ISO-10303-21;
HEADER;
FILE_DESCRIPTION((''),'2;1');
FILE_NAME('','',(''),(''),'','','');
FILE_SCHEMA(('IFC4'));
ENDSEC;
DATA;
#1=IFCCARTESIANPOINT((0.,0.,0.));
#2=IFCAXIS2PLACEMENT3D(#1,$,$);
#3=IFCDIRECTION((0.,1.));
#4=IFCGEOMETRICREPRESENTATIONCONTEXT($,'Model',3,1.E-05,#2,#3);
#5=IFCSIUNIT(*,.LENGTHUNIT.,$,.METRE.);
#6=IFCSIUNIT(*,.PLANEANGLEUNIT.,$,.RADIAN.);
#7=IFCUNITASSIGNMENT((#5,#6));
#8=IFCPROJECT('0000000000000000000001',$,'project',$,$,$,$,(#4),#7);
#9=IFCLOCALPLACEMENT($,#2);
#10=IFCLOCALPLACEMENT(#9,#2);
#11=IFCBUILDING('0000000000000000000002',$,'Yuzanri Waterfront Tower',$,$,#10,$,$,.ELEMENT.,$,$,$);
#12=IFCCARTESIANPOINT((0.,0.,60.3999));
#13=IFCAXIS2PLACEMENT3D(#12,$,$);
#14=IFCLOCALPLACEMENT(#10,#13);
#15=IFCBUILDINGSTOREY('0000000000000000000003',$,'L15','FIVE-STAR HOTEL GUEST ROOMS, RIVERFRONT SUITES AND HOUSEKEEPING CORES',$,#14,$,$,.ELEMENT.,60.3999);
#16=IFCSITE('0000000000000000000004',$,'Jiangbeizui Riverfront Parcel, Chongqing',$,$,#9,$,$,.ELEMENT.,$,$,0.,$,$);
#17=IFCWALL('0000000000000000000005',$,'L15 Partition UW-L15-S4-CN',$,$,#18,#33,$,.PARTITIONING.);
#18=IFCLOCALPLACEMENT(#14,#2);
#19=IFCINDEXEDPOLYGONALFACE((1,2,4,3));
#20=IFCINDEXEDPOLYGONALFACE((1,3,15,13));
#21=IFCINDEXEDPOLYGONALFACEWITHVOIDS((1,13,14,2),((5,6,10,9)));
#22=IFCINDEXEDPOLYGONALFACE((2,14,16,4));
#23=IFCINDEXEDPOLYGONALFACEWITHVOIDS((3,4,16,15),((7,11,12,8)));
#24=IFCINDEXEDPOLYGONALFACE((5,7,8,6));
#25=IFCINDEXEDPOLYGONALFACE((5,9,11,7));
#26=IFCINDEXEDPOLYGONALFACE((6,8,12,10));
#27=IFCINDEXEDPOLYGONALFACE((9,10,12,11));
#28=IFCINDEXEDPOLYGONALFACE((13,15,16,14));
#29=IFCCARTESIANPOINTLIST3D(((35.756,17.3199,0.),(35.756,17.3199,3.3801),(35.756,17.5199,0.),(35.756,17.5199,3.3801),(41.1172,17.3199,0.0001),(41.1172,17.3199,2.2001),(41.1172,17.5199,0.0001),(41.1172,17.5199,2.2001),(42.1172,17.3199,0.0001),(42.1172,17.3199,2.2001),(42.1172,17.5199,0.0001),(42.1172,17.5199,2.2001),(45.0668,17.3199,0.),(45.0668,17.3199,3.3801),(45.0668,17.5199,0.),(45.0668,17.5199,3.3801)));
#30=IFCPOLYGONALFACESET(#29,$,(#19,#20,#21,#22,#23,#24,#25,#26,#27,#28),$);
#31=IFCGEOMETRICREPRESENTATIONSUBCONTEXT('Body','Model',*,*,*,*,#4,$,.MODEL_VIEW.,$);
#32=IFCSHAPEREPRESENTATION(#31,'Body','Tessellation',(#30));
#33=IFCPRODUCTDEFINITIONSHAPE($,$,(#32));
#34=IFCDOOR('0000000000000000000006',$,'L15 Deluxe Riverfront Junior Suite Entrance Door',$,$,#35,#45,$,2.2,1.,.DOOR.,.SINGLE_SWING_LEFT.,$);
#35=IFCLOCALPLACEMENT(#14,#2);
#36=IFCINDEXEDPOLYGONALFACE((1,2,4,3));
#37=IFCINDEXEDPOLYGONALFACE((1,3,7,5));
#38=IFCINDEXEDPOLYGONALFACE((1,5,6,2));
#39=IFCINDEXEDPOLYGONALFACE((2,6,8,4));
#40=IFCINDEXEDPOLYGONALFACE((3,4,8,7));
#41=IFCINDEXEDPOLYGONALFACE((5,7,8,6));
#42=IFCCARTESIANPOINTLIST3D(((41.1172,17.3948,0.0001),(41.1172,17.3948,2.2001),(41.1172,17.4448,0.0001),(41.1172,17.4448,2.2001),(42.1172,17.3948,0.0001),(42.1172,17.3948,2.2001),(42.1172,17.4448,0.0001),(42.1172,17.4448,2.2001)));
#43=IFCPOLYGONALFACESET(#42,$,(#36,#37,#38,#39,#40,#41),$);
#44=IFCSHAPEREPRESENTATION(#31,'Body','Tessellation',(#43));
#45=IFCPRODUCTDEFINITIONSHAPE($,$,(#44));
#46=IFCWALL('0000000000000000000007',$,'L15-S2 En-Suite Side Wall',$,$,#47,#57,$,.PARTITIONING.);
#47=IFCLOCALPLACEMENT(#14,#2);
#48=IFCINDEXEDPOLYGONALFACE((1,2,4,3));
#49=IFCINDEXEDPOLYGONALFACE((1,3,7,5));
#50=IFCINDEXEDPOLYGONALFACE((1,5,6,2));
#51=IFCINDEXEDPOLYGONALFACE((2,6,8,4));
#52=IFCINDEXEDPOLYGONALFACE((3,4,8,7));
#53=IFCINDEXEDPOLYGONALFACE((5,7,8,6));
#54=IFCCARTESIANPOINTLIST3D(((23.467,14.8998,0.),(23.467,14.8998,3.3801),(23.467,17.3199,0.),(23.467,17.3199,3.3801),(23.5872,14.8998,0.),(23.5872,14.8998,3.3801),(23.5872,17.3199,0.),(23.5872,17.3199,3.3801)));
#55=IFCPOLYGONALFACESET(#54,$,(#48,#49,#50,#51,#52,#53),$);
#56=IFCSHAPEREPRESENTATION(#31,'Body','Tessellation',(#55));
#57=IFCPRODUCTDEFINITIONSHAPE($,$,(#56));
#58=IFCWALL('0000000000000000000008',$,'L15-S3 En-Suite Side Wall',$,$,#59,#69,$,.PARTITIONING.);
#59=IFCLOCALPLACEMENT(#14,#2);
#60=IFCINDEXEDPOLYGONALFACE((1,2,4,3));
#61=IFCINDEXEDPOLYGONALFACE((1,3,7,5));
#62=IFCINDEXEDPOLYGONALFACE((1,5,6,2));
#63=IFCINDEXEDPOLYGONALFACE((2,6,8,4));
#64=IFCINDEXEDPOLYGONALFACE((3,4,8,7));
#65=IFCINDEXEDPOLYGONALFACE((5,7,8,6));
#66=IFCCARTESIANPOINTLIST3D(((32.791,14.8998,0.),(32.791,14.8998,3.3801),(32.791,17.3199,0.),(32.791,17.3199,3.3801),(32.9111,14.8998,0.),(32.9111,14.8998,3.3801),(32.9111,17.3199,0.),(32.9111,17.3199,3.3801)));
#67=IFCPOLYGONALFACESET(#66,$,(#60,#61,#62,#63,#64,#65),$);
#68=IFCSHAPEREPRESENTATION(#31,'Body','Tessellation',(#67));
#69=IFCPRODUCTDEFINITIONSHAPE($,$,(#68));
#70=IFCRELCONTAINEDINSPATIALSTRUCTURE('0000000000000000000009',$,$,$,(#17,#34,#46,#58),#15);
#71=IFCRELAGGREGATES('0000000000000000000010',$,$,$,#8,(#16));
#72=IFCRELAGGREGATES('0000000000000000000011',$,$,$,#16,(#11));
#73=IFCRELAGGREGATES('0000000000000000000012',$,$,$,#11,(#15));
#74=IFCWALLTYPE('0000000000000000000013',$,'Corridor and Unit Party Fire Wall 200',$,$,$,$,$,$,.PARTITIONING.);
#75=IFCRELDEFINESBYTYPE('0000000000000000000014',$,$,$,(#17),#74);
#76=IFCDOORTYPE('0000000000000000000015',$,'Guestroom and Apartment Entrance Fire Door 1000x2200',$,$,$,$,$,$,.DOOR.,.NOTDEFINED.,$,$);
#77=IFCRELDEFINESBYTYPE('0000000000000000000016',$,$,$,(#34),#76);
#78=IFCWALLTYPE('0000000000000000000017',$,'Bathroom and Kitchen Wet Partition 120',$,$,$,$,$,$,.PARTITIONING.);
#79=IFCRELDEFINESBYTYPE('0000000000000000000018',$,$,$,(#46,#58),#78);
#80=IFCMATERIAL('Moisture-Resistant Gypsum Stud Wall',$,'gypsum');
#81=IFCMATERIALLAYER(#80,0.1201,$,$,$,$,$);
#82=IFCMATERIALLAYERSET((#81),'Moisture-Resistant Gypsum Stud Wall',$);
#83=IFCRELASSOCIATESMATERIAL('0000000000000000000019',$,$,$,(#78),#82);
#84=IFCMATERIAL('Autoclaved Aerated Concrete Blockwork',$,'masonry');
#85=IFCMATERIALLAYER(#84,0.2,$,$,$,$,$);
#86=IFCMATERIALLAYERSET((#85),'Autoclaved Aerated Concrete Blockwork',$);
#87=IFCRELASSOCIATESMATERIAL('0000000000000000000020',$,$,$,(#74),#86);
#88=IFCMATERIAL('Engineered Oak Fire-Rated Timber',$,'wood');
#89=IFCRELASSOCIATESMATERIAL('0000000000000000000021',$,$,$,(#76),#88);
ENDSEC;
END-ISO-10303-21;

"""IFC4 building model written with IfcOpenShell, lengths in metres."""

from ifc_helpers import new_model, si_unit, direction, frame, frame_2d, origin, place, context, subcontext, project, spatial, rectangle, extrude, source, transform, mapped, material, layer, layer_set, type_object, element, fill, save


model = new_model("IFC4")

# Units and contexts
model_context = context("Model", 3, precision=1e-05, world=origin(), true_north=direction((0.0, 1.0)))
body_context = subcontext(model_context, "Body", "Model", "MODEL_VIEW")
ifc_project = project(units=[si_unit("LENGTHUNIT", "METRE"), si_unit("PLANEANGLEUNIT", "RADIAN")], contexts=[model_context])

# Site, building, storey
site_placement = place(None, origin())
site = spatial("IfcSite", under=ifc_project, at=site_placement, Name="Jiangbeizui Riverfront Parcel, Chongqing", CompositionType="ELEMENT", RefElevation=0.0)
building_placement = place(site_placement, origin())
building = spatial("IfcBuilding", under=site, at=building_placement, Name="Yuzanri Waterfront Tower", CompositionType="ELEMENT")
storey_placement = place(building_placement, frame((0.0, 0.0, 60.3999)))
storey = spatial("IfcBuildingStorey", under=building, at=storey_placement, Name="L15", Description="FIVE-STAR HOTEL GUEST ROOMS, RIVERFRONT SUITES AND HOUSEKEEPING CORES", CompositionType="ELEMENT", Elevation=60.3999)

# Shared definitions
ifc_material_1 = material(Name="Moisture-Resistant Gypsum Stud Wall", Category="gypsum")
ifc_layer_1 = layer(ifc_material_1, 0.1201)
ifc_layer_set_1 = layer_set([ifc_layer_1], Name="Moisture-Resistant Gypsum Stud Wall")
wall_type_1 = type_object("IfcWallType", Name="Bathroom and Kitchen Wet Partition 120", PredefinedType="PARTITIONING", material=ifc_layer_set_1)

# Wall, opening, door
ifc_material_2 = material(Name="Autoclaved Aerated Concrete Blockwork", Category="masonry")
ifc_layer_2 = layer(ifc_material_2, 0.2)
ifc_layer_set_2 = layer_set([ifc_layer_2], Name="Autoclaved Aerated Concrete Blockwork")
wall_type_2 = type_object("IfcWallType", Name="Corridor and Unit Party Fire Wall 200", PredefinedType="PARTITIONING", material=ifc_layer_set_2)
ifc_material_3 = material(Name="Engineered Oak Fire-Rated Timber", Category="wood")
door_type_1 = type_object("IfcDoorType", Name="Guestroom and Apartment Entrance Fire Door 1000x2200", OperationType="NOTDEFINED", PredefinedType="DOOR", material=ifc_material_3)
shared_shape_1 = source(origin(), body_context, "Body", "SweptSolid", [
    extrude(rectangle(XDim=1.0, YDim=2.2, at=frame_2d((0.5, 1.1001))), frame((0.0, 0.0249, 0.0), z_axis=(0.0, -1.0, 0.0), x_axis=(1.0, 0.0, 0.0)), (0.0, 0.0, 1.0), 0.05),
])
wall_1_placement = place(storey_placement, frame((35.7561, 17.4199, 0.0), z_axis=(0.0, 0.0, 1.0), x_axis=(1.0, 0.0, 0.0)))
wall_1 = element("IfcWall", 1, at=wall_1_placement, inside=storey, type_object=wall_type_2, Name="L15 Partition UW-L15-S4-CN", PredefinedType="PARTITIONING", context=body_context, shape_type="SweptSolid", body=[
    extrude(rectangle(XDim=9.3108, YDim=0.2, at=frame_2d((4.6553, 0.0))), origin(), (0.0, 0.0, 1.0), 3.3801),
])
opening_1_placement = place(wall_1_placement, frame((5.3611, 0.0, 0.0)))
opening_1 = element("IfcOpeningElement", 2, at=opening_1_placement, cuts=wall_1, PredefinedType="OPENING", context=body_context, shape_type="SweptSolid", body=[
    extrude(rectangle(XDim=1.0, YDim=2.2, at=frame_2d((0.5, 1.1001))), frame((0.0, 0.1147, 0.0), z_axis=(0.0, -1.0, 0.0), x_axis=(1.0, 0.0, 0.0)), (0.0, 0.0, 1.0), 0.2297),
])
door_1_placement = place(opening_1_placement, origin())
door_1 = element("IfcDoor", 3, at=door_1_placement, inside=storey, type_object=door_type_1, Name="L15 Deluxe Riverfront Junior Suite Entrance Door", OperationType="SINGLE_SWING_LEFT", OverallHeight=2.2, OverallWidth=1.0, PredefinedType="DOOR", context=body_context, shape_type="MappedRepresentation", body=[
    mapped(shared_shape_1, transform((0.0, 0.0, 0.0), scale=1.0)),
])
fill(opening_1, door_1)

# Walls
shared_shape_2 = source(origin(), body_context, "Body", "SweptSolid", [
    extrude(rectangle(XDim=2.4202, YDim=0.1201, at=frame_2d((1.21, 0.0))), origin(), (0.0, 0.0, 1.0), 3.3801),
])
for number, where, z_axis, x_axis, name in (
    (4, (23.5271, 14.8999, 0.0), (0.0, 0.0, 1.0), (0.0, 1.0, 0.0), "L15-S2 En-Suite Side Wall"),
    (5, (32.8511, 14.8999, 0.0), (0.0, 0.0, 1.0), (0.0, 1.0, 0.0), "L15-S3 En-Suite Side Wall"),
):
    element("IfcWall", number, at=place(storey_placement, frame(where, z_axis=z_axis, x_axis=x_axis)), inside=storey, type_object=wall_type_1, Name=name, PredefinedType="PARTITIONING", context=body_context, shape_type="MappedRepresentation", body=[
        mapped(shared_shape_2, transform((0.0, 0.0, 0.0), scale=1.0)),
    ])

save(model, "model.ifc")
